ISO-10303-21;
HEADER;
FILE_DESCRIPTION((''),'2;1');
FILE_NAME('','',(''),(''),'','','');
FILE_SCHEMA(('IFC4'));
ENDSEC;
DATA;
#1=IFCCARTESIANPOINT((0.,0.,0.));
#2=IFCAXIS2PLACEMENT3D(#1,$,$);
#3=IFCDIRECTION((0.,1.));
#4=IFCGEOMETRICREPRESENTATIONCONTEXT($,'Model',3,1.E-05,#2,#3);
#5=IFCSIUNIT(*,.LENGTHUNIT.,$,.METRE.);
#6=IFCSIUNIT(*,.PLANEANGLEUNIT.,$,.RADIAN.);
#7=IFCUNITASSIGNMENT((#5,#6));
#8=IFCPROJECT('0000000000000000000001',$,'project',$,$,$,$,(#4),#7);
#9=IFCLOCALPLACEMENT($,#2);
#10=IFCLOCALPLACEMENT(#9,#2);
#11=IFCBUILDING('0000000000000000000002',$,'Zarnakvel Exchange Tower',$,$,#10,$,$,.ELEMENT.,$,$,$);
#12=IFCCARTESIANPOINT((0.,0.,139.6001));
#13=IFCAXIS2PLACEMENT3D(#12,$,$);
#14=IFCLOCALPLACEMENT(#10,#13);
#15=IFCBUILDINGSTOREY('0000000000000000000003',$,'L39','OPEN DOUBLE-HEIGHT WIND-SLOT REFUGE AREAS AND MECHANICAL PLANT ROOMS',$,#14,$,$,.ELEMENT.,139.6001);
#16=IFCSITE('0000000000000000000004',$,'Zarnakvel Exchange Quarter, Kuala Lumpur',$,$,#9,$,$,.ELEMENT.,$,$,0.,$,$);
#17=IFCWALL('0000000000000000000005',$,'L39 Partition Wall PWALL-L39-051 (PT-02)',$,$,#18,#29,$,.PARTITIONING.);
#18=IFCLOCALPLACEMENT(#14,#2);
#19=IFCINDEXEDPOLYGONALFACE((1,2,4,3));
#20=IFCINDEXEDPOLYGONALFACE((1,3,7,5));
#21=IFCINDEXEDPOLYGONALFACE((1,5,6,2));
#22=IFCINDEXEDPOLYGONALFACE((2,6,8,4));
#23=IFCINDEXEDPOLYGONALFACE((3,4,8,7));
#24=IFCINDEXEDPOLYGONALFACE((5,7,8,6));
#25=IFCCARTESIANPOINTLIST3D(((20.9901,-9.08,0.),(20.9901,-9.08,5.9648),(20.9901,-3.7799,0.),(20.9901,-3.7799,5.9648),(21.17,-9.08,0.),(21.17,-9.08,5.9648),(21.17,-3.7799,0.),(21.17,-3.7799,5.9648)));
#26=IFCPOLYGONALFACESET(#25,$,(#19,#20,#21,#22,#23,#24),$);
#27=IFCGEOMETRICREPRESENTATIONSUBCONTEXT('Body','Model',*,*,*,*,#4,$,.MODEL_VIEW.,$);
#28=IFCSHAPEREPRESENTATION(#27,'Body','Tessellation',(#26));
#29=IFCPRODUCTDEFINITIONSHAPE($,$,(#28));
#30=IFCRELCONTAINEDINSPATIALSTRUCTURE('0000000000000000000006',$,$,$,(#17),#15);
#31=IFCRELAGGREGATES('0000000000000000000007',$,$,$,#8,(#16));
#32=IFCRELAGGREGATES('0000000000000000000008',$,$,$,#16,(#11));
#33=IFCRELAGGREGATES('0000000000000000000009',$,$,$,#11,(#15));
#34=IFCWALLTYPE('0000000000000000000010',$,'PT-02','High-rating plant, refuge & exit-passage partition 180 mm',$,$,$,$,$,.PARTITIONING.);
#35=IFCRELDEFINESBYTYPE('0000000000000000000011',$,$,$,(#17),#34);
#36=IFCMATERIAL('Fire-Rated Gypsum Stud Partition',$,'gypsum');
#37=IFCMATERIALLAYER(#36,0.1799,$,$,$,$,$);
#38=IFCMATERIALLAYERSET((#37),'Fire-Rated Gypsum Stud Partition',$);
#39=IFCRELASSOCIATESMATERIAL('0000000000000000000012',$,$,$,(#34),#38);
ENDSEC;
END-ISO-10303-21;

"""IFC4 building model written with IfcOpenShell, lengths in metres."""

from ifc_helpers import new_model, si_unit, direction, frame, frame_2d, origin, place, context, subcontext, project, spatial, rectangle, extrude, material, layer, layer_set, type_object, element, save


model = new_model("IFC4")

# Units and contexts
model_context = context("Model", 3, precision=1e-05, world=origin(), true_north=direction((0.0, 1.0)))
body_context = subcontext(model_context, "Body", "Model", "MODEL_VIEW")
ifc_project = project(units=[si_unit("LENGTHUNIT", "METRE"), si_unit("PLANEANGLEUNIT", "RADIAN")], contexts=[model_context])

# Site, building, storey
site_placement = place(None, origin())
site = spatial("IfcSite", under=ifc_project, at=site_placement, Name="Zarnakvel Exchange Quarter, Kuala Lumpur", CompositionType="ELEMENT", RefElevation=0.0)
building_placement = place(site_placement, origin())
building = spatial("IfcBuilding", under=site, at=building_placement, Name="Zarnakvel Exchange Tower", CompositionType="ELEMENT")
storey_placement = place(building_placement, frame((0.0, 0.0, 139.6001)))
storey = spatial("IfcBuildingStorey", under=building, at=storey_placement, Name="L39", Description="OPEN DOUBLE-HEIGHT WIND-SLOT REFUGE AREAS AND MECHANICAL PLANT ROOMS", CompositionType="ELEMENT", Elevation=139.6001)

# Shared definitions
ifc_material_1 = material(Name="Fire-Rated Gypsum Stud Partition", Category="gypsum")
ifc_layer_1 = layer(ifc_material_1, 0.1799)
ifc_layer_set_1 = layer_set([ifc_layer_1], Name="Fire-Rated Gypsum Stud Partition")
wall_type = type_object("IfcWallType", Name="PT-02", Description="High-rating plant, refuge & exit-passage partition 180 mm", PredefinedType="PARTITIONING", material=ifc_layer_set_1)

# Wall
wall_1_placement = place(storey_placement, frame((21.0801, -3.78, 0.0), z_axis=(0.0, 0.0, 1.0), x_axis=(0.0, -1.0, 0.0)))
element("IfcWall", 1, at=wall_1_placement, inside=storey, type_object=wall_type, Name="L39 Partition Wall PWALL-L39-051 (PT-02)", PredefinedType="PARTITIONING", context=body_context, shape_type="SweptSolid", body=[
    extrude(rectangle(XDim=5.3, YDim=0.1799, at=frame_2d((2.6499, 0.0))), origin(), (0.0, 0.0, 1.0), 5.9648),
])

save(model, "model.ifc")
